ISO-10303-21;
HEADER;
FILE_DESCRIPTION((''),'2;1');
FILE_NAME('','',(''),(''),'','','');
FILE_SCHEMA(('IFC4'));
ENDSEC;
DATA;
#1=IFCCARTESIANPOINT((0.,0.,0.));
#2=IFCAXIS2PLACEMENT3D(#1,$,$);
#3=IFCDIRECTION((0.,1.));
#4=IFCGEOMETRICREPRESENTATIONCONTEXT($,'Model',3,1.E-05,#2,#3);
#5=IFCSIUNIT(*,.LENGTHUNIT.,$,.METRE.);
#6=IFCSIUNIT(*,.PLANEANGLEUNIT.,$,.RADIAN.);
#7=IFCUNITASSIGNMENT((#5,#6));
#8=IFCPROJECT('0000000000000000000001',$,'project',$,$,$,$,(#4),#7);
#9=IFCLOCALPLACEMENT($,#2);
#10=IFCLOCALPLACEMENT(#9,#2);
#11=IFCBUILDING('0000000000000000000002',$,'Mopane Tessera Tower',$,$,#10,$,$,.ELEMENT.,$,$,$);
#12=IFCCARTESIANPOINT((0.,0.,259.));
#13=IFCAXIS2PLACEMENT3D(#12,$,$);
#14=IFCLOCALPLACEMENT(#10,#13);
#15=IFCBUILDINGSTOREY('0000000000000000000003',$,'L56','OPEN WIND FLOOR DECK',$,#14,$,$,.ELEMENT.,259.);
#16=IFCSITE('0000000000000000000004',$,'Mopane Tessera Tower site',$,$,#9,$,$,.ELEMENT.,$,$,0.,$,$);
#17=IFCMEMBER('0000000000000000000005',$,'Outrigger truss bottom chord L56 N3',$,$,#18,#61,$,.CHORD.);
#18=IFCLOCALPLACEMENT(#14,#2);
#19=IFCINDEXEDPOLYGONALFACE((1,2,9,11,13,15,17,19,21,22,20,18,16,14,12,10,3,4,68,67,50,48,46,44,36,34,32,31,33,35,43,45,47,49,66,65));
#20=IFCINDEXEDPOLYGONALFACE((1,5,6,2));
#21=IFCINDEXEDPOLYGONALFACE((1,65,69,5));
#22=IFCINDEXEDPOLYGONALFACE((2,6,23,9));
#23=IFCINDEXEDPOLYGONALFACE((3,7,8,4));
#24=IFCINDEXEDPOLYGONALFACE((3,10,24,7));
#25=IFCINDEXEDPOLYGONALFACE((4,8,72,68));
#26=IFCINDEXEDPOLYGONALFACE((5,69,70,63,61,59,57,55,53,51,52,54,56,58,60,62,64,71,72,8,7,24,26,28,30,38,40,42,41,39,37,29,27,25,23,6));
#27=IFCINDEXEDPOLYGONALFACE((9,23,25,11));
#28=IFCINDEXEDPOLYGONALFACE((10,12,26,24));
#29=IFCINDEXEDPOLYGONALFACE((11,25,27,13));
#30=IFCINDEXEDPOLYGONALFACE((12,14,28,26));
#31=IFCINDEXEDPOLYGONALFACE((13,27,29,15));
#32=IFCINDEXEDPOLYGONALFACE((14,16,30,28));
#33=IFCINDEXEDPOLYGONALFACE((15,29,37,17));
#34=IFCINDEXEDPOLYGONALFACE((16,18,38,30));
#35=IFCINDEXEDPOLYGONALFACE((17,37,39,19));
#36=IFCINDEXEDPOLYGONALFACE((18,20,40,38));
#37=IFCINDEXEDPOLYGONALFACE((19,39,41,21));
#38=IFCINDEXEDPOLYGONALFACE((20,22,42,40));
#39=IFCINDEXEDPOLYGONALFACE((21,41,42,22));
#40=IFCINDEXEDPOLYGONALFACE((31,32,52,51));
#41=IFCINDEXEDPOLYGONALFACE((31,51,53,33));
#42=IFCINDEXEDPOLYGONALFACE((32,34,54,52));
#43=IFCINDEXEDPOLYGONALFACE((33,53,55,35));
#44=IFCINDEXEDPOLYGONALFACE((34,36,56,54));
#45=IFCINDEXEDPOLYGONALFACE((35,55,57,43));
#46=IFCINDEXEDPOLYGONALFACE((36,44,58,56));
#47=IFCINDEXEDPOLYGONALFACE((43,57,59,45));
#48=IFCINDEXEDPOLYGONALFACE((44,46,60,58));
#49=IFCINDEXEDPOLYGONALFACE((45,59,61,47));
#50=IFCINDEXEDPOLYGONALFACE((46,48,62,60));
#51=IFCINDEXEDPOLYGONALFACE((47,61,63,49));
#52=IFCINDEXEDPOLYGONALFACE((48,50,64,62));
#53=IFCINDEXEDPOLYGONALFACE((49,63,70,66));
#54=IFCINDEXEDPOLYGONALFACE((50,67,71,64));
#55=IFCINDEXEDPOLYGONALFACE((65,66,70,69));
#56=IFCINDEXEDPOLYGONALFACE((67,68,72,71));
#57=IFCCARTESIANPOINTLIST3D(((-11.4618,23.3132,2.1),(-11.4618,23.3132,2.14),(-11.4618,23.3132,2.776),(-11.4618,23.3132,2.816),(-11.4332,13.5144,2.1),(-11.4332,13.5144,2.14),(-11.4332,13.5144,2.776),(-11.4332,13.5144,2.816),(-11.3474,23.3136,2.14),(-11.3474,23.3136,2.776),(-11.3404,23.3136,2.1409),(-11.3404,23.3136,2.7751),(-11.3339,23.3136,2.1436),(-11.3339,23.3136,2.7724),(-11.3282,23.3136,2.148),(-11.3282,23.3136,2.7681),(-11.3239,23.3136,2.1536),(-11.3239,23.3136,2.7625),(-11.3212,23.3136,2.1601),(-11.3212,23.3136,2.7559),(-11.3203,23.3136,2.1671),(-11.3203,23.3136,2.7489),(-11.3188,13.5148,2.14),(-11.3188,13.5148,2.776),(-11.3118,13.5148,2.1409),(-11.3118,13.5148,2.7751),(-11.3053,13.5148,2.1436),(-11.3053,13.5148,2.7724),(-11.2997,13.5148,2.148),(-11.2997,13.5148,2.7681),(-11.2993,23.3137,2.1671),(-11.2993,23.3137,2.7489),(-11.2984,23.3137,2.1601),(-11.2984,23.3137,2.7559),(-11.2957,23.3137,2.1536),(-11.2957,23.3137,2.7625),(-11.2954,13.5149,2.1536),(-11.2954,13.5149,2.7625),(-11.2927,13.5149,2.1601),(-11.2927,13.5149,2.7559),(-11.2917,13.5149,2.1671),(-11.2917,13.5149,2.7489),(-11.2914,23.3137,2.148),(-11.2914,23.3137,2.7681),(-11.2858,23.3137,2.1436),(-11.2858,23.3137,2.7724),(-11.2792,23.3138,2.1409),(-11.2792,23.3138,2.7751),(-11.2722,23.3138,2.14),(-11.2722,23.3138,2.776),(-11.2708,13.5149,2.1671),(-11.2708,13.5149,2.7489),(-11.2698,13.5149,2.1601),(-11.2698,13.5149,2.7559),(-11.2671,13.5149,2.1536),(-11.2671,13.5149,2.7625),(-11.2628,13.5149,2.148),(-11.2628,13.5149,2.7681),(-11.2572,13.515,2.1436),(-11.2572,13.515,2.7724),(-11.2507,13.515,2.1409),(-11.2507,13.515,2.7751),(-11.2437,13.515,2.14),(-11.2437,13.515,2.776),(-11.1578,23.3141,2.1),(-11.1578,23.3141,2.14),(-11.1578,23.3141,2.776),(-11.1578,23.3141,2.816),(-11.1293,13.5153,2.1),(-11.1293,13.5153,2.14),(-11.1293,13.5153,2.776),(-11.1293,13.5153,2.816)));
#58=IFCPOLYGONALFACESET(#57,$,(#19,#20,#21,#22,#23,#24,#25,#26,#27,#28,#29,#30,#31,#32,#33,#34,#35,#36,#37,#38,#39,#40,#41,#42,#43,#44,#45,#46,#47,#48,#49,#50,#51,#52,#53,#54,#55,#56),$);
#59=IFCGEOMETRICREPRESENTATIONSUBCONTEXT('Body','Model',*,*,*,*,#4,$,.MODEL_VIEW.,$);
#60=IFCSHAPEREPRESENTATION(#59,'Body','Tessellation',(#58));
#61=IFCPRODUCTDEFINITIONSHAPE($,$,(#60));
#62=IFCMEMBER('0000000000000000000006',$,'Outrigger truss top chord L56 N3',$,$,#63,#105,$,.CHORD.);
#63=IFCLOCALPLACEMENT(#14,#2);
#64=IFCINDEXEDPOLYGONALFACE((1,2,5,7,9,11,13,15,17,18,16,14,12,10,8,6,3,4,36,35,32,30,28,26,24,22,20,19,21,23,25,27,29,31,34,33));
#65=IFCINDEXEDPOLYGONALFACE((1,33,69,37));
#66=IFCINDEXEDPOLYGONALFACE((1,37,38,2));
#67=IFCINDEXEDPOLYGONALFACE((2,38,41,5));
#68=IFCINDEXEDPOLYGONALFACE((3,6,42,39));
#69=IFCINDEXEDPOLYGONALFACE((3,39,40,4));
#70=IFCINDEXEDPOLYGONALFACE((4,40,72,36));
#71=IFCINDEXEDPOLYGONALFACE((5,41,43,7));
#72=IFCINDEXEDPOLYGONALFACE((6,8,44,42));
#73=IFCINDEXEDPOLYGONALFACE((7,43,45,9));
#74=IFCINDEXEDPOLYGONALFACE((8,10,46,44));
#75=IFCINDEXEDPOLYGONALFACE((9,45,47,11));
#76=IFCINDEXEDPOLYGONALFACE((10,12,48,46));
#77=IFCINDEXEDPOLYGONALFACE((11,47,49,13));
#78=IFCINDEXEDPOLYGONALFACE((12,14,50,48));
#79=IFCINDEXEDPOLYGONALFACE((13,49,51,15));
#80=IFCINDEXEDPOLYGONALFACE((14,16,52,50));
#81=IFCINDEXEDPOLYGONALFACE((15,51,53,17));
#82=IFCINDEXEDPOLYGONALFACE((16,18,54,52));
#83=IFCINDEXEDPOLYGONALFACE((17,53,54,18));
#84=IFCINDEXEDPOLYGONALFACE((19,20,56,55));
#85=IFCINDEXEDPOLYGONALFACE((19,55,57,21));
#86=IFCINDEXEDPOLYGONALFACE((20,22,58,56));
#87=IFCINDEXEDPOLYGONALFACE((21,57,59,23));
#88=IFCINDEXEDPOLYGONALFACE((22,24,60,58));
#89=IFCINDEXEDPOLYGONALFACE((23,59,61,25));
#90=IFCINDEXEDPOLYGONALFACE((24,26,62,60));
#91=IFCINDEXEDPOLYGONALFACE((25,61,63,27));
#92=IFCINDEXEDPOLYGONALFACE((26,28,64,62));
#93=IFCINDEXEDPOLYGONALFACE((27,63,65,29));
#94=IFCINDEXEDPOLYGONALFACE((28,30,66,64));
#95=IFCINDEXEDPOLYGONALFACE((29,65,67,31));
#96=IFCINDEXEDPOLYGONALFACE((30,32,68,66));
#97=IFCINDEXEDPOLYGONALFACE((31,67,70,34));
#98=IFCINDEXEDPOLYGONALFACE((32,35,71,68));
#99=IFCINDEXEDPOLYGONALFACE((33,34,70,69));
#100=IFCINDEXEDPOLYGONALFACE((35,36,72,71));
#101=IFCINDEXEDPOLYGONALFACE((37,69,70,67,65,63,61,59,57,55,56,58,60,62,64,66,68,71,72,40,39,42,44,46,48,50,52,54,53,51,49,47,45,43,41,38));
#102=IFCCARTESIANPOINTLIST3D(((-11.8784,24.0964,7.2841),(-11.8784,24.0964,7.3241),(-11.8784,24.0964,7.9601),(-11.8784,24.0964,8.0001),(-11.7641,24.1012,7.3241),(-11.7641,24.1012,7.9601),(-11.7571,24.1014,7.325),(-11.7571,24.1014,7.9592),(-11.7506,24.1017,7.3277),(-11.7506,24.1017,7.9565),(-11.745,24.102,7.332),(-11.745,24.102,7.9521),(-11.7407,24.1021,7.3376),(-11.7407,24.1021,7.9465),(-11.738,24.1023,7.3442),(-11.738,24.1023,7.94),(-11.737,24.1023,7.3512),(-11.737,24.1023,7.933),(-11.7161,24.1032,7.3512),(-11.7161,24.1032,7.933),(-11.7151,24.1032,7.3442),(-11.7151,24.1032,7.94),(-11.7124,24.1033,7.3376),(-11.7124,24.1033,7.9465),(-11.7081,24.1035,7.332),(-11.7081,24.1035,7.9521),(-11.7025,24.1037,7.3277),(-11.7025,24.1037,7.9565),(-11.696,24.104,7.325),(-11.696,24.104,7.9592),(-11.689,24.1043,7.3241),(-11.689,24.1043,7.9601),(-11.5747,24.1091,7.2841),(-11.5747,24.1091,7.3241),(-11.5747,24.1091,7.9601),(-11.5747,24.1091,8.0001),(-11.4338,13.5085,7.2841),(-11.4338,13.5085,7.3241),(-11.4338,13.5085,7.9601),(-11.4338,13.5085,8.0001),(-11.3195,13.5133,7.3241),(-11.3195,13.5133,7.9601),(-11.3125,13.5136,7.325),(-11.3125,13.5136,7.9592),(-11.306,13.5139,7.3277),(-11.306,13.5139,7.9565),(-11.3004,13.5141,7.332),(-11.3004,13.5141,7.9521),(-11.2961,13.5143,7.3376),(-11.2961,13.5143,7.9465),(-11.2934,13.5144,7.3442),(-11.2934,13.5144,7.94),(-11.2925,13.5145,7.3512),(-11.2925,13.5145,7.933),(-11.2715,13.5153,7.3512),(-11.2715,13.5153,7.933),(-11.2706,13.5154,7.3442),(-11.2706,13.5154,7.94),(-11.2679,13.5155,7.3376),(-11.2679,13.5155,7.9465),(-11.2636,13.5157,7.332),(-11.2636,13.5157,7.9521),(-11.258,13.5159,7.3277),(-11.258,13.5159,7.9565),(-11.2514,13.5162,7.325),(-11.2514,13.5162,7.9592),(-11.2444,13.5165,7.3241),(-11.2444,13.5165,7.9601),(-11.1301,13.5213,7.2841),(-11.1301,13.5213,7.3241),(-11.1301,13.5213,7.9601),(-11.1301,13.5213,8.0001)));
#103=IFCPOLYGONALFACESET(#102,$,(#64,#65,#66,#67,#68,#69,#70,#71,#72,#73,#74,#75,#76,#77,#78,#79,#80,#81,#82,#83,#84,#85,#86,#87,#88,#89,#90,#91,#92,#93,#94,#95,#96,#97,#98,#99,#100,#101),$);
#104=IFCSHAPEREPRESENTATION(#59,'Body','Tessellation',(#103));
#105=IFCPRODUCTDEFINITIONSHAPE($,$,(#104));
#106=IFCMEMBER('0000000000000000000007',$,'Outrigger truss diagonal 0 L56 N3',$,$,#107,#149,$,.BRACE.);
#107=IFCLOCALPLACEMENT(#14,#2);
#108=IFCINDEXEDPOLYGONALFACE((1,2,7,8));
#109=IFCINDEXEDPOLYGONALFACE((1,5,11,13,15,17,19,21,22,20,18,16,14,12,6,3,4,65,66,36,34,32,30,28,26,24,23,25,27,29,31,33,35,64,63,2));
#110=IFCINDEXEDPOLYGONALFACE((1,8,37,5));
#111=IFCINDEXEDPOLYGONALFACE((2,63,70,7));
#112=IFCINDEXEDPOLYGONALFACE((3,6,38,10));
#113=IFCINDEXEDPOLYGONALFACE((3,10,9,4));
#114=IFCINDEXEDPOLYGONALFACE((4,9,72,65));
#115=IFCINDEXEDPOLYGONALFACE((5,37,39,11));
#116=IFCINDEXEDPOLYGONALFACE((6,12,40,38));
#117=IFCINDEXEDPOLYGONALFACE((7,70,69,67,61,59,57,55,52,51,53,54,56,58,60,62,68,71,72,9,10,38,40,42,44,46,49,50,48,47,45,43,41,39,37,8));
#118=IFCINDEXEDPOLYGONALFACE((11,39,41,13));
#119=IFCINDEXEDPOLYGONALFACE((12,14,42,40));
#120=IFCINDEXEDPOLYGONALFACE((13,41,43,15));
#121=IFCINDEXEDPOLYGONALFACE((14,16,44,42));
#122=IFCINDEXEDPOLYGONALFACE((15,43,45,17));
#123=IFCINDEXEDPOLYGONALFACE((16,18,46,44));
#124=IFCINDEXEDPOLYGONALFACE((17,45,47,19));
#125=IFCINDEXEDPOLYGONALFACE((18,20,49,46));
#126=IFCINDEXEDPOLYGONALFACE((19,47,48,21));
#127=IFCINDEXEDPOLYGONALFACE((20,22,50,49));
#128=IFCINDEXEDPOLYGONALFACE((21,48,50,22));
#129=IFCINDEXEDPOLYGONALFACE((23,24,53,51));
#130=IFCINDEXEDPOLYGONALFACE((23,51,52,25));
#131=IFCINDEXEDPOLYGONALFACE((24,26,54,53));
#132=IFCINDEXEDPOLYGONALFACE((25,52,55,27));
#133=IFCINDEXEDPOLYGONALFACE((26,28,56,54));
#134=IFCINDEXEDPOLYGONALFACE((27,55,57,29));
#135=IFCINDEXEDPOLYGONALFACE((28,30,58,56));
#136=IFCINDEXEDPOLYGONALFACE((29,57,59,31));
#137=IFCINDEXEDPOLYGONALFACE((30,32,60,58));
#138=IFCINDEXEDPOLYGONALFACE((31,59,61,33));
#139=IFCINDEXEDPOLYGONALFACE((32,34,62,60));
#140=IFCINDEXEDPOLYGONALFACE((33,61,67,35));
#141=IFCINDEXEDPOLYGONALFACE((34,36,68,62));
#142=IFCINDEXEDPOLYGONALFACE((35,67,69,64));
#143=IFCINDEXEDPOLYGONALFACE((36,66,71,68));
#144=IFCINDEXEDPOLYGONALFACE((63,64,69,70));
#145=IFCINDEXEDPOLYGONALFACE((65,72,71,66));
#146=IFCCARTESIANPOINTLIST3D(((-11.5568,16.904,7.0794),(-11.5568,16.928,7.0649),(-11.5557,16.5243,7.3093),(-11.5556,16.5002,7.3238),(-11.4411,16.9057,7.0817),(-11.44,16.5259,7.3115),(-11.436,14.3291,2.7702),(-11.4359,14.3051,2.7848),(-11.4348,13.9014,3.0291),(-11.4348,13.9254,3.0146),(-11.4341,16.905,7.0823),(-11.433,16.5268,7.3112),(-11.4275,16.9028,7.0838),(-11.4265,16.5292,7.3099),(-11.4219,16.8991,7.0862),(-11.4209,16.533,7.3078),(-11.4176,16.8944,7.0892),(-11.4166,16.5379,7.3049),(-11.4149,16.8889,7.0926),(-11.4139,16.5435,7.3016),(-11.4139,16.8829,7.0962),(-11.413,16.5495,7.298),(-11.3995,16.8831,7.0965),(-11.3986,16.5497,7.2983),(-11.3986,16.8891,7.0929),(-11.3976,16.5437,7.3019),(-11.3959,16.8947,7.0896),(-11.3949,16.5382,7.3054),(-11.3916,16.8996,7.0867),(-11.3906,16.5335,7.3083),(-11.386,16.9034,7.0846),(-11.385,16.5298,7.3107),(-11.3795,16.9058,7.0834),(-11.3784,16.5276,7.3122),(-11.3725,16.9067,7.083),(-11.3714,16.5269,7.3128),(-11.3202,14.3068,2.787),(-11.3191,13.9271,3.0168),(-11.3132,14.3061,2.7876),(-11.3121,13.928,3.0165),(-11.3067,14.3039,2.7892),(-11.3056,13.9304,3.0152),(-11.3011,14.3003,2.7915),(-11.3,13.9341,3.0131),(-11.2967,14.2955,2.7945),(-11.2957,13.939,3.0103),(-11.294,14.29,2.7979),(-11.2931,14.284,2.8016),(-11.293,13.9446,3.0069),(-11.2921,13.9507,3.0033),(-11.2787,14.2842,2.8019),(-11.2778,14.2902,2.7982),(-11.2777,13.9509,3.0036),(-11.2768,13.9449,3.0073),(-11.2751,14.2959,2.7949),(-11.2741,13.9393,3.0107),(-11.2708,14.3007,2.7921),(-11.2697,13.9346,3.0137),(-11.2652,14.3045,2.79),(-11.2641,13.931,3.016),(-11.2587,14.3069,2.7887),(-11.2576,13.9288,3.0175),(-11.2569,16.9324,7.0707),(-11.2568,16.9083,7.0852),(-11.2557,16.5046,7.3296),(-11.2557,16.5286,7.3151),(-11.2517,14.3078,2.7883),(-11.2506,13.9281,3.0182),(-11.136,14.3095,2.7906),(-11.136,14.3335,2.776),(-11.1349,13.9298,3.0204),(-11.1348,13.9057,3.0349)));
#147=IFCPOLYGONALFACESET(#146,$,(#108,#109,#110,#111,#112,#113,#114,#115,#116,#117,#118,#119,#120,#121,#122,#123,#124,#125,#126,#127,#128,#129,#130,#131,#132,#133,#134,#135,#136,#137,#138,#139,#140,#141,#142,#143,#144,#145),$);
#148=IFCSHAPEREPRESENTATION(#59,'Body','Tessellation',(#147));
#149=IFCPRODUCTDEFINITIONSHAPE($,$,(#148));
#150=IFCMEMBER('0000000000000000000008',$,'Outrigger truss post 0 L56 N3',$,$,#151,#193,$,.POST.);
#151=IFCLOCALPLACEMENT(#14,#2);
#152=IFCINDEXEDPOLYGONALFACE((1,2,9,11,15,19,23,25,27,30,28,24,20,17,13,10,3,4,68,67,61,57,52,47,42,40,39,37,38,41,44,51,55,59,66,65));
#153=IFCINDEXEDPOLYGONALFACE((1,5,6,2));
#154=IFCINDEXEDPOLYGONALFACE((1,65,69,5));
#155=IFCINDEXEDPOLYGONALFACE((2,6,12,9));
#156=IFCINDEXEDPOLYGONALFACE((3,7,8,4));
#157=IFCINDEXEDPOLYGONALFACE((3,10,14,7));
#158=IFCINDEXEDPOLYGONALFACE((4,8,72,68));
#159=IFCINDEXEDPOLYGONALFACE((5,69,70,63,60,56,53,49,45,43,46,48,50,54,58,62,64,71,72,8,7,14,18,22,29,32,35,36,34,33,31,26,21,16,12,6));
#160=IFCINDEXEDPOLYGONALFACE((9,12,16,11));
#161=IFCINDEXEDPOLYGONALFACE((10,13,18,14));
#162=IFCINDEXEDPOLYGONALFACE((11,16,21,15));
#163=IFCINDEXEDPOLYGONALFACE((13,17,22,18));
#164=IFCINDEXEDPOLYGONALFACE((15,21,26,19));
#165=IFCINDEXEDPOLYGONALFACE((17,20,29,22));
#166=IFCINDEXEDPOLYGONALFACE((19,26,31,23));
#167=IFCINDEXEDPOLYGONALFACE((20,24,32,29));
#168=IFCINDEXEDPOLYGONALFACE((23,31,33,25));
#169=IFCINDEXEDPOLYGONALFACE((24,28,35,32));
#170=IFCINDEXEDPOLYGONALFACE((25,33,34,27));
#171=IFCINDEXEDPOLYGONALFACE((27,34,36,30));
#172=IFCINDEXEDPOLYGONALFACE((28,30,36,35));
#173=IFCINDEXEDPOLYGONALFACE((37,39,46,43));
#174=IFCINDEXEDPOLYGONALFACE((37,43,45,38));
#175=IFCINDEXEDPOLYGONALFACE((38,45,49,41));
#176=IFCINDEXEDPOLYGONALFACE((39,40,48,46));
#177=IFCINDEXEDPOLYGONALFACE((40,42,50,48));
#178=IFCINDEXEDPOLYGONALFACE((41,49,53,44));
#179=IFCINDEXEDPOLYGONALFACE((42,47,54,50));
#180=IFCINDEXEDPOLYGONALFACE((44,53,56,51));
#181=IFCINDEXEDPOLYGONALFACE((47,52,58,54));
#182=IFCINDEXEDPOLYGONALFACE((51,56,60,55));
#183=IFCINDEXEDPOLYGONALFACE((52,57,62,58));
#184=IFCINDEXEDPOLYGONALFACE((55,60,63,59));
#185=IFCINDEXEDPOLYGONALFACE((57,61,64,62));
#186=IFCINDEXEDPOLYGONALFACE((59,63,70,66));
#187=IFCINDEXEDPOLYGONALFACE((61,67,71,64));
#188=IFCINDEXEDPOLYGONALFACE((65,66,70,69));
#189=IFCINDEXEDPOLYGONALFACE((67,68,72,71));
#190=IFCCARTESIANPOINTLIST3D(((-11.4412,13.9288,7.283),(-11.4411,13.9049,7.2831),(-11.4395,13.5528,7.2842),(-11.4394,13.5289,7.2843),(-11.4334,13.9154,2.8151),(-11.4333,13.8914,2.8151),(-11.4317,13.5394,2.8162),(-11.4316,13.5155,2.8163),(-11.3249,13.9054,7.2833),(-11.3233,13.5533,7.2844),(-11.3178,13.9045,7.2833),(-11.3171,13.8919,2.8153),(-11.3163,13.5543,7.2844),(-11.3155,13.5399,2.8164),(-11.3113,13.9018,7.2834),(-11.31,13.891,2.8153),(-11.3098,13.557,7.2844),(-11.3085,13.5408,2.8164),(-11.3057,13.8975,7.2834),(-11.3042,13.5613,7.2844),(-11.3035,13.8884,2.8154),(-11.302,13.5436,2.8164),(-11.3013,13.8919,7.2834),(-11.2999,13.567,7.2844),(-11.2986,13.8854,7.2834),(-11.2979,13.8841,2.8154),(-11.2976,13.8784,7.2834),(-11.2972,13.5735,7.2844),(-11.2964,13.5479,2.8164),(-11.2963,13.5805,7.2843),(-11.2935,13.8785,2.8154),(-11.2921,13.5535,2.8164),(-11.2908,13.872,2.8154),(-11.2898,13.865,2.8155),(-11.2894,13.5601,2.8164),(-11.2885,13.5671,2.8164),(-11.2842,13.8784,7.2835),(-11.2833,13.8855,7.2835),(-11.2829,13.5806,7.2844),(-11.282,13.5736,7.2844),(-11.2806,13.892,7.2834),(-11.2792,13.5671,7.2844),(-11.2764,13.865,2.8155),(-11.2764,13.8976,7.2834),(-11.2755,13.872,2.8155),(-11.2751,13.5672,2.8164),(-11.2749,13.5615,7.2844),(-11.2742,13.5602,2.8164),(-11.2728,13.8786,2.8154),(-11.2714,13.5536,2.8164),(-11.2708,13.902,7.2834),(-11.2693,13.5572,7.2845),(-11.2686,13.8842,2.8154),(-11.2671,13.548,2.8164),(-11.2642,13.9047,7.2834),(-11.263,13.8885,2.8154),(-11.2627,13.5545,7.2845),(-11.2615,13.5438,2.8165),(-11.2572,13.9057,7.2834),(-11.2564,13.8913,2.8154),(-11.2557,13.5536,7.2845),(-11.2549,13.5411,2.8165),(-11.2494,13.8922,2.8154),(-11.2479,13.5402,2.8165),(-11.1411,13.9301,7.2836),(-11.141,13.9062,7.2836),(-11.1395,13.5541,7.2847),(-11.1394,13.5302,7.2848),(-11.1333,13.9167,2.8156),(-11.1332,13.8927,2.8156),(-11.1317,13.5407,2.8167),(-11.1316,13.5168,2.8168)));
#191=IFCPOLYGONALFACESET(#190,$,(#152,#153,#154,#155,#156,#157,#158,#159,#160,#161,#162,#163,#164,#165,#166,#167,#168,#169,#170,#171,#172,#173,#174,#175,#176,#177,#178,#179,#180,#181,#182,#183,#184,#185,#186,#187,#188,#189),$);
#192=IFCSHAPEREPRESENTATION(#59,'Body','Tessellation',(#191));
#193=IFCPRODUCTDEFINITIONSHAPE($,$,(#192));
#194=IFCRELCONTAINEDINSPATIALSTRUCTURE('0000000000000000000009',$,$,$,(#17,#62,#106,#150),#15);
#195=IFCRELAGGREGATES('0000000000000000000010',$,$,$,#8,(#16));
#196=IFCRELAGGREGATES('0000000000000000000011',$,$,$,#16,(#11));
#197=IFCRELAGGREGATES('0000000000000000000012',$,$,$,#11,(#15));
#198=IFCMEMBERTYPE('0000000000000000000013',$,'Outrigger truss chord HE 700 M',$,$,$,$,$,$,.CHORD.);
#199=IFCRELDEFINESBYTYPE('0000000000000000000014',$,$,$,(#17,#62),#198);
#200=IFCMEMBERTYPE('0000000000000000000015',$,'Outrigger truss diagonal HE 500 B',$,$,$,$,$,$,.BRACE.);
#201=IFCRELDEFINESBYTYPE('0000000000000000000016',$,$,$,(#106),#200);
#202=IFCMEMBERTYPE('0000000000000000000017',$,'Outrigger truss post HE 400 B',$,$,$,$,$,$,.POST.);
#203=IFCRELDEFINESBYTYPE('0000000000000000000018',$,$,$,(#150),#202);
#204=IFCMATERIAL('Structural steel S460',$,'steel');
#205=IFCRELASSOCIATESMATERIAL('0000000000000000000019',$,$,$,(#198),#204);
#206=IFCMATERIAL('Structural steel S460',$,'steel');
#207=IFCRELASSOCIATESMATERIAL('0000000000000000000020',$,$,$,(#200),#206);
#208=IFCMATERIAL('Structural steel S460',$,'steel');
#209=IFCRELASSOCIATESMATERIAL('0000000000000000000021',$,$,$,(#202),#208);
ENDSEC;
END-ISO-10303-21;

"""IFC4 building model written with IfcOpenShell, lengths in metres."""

from ifc_helpers import new_model, si_unit, direction, frame, origin, origin_2d, place, context, subcontext, project, spatial, i_section, extrude, material, material_profile, profile_set, type_object, element, save


model = new_model("IFC4")

# Units and contexts
model_context = context("Model", 3, precision=1e-05, world=origin(), true_north=direction((0.0, 1.0)))
body_context = subcontext(model_context, "Body", "Model", "MODEL_VIEW")
ifc_project = project(units=[si_unit("LENGTHUNIT", "METRE"), si_unit("PLANEANGLEUNIT", "RADIAN")], contexts=[model_context])

# Site, building, storey
site_placement = place(None, origin())
site = spatial("IfcSite", under=ifc_project, at=site_placement, Name="Mopane Tessera Tower site", CompositionType="ELEMENT", RefElevation=0.0)
building_placement = place(site_placement, origin())
building = spatial("IfcBuilding", under=site, at=building_placement, Name="Mopane Tessera Tower", CompositionType="ELEMENT")
storey_placement = place(building_placement, frame((0.0, 0.0, 259.0)))
storey = spatial("IfcBuildingStorey", under=building, at=storey_placement, Name="L56", Description="OPEN WIND FLOOR DECK", CompositionType="ELEMENT", Elevation=259.0)

# Members
ifc_material_1 = material(Name="Structural steel S460", Category="steel")
ifc_material_profile_1 = material_profile(ifc_material_1, i_section(OverallWidth=0.304, OverallDepth=0.7161, WebThickness=0.021, FlangeThickness=0.04, FilletRadius=0.0271, at=origin_2d()))
ifc_profile_set_1 = profile_set([ifc_material_profile_1], Name="Structural steel S460")
member_type_1 = type_object("IfcMemberType", Name="Outrigger truss chord HE 700 M", PredefinedType="CHORD", material=ifc_profile_set_1)
member_1_placement = place(storey_placement, frame((-11.2812, 13.5149, 2.458), z_axis=(-0.002915, 0.999996, 0.0), x_axis=(-0.999996, -0.002915, 0.0)))
element("IfcMember", 1, at=member_1_placement, inside=storey, type_object=member_type_1, Name="Outrigger truss bottom chord L56 N3", PredefinedType="CHORD", context=body_context, shape_type="SweptSolid", body=[
    extrude(i_section(OverallWidth=0.304, OverallDepth=0.7161, WebThickness=0.021, FlangeThickness=0.04, FilletRadius=0.0271, at=origin_2d()), origin(), (0.0, 0.0, 1.0), 9.7988),
])
member_2_placement = place(storey_placement, frame((-11.282, 13.5149, 7.6421), z_axis=(-0.041953, 0.99912, 0.0), x_axis=(-0.99912, -0.041953, 0.0)))
element("IfcMember", 2, at=member_2_placement, inside=storey, type_object=member_type_1, Name="Outrigger truss top chord L56 N3", PredefinedType="CHORD", context=body_context, shape_type="SweptSolid", body=[
    extrude(i_section(OverallWidth=0.304, OverallDepth=0.7161, WebThickness=0.021, FlangeThickness=0.04, FilletRadius=0.0271, at=origin_2d()), origin(), (0.0, 0.0, 1.0), 10.5972),
])
ifc_material_2 = material(Name="Structural steel S460", Category="steel")
ifc_material_profile_2 = material_profile(ifc_material_2, i_section(OverallWidth=0.3, OverallDepth=0.5, WebThickness=0.0144, FlangeThickness=0.0281, FilletRadius=0.0271, at=origin_2d()))
ifc_profile_set_2 = profile_set([ifc_material_profile_2], Name="Structural steel S460")
member_type_2 = type_object("IfcMemberType", Name="Outrigger truss diagonal HE 500 B", PredefinedType="BRACE", material=ifc_profile_set_2)
member_3_placement = place(storey_placement, frame((-11.2854, 14.1174, 2.9026), z_axis=(-0.024068, 0.517575, 0.855299), x_axis=(-0.999707, -0.01456, -0.019321)))
element("IfcMember", 3, at=member_3_placement, inside=storey, type_object=member_type_2, Name="Outrigger truss diagonal 0 L56 N3", PredefinedType="BRACE", context=body_context, shape_type="SweptSolid", body=[
    extrude(i_section(OverallWidth=0.3, OverallDepth=0.5, WebThickness=0.0144, FlangeThickness=0.0281, FilletRadius=0.0271, at=origin_2d()), origin(), (0.0, 0.0, 1.0), 5.0212),
])
ifc_material_3 = material(Name="Structural steel S460", Category="steel")
ifc_material_profile_3 = material_profile(ifc_material_3, i_section(OverallWidth=0.3, OverallDepth=0.3999, WebThickness=0.0134, FlangeThickness=0.0239, FilletRadius=0.0271, at=origin_2d()))
ifc_profile_set_3 = profile_set([ifc_material_profile_3], Name="Structural steel S460")
member_type_3 = type_object("IfcMemberType", Name="Outrigger truss post HE 400 B", PredefinedType="POST", material=ifc_profile_set_3)
member_4_placement = place(storey_placement, frame((-11.2825, 13.7161, 2.8159), z_axis=(-0.001749, 0.003005, 0.999994), x_axis=(-0.999989, -0.004363, -0.001735)))
element("IfcMember", 4, at=member_4_placement, inside=storey, type_object=member_type_3, Name="Outrigger truss post 0 L56 N3", PredefinedType="POST", context=body_context, shape_type="SweptSolid", body=[
    extrude(i_section(OverallWidth=0.3, OverallDepth=0.3999, WebThickness=0.0134, FlangeThickness=0.0239, FilletRadius=0.0271, at=origin_2d()), origin(), (0.0, 0.0, 1.0), 4.468),
])

save(model, "model.ifc")
